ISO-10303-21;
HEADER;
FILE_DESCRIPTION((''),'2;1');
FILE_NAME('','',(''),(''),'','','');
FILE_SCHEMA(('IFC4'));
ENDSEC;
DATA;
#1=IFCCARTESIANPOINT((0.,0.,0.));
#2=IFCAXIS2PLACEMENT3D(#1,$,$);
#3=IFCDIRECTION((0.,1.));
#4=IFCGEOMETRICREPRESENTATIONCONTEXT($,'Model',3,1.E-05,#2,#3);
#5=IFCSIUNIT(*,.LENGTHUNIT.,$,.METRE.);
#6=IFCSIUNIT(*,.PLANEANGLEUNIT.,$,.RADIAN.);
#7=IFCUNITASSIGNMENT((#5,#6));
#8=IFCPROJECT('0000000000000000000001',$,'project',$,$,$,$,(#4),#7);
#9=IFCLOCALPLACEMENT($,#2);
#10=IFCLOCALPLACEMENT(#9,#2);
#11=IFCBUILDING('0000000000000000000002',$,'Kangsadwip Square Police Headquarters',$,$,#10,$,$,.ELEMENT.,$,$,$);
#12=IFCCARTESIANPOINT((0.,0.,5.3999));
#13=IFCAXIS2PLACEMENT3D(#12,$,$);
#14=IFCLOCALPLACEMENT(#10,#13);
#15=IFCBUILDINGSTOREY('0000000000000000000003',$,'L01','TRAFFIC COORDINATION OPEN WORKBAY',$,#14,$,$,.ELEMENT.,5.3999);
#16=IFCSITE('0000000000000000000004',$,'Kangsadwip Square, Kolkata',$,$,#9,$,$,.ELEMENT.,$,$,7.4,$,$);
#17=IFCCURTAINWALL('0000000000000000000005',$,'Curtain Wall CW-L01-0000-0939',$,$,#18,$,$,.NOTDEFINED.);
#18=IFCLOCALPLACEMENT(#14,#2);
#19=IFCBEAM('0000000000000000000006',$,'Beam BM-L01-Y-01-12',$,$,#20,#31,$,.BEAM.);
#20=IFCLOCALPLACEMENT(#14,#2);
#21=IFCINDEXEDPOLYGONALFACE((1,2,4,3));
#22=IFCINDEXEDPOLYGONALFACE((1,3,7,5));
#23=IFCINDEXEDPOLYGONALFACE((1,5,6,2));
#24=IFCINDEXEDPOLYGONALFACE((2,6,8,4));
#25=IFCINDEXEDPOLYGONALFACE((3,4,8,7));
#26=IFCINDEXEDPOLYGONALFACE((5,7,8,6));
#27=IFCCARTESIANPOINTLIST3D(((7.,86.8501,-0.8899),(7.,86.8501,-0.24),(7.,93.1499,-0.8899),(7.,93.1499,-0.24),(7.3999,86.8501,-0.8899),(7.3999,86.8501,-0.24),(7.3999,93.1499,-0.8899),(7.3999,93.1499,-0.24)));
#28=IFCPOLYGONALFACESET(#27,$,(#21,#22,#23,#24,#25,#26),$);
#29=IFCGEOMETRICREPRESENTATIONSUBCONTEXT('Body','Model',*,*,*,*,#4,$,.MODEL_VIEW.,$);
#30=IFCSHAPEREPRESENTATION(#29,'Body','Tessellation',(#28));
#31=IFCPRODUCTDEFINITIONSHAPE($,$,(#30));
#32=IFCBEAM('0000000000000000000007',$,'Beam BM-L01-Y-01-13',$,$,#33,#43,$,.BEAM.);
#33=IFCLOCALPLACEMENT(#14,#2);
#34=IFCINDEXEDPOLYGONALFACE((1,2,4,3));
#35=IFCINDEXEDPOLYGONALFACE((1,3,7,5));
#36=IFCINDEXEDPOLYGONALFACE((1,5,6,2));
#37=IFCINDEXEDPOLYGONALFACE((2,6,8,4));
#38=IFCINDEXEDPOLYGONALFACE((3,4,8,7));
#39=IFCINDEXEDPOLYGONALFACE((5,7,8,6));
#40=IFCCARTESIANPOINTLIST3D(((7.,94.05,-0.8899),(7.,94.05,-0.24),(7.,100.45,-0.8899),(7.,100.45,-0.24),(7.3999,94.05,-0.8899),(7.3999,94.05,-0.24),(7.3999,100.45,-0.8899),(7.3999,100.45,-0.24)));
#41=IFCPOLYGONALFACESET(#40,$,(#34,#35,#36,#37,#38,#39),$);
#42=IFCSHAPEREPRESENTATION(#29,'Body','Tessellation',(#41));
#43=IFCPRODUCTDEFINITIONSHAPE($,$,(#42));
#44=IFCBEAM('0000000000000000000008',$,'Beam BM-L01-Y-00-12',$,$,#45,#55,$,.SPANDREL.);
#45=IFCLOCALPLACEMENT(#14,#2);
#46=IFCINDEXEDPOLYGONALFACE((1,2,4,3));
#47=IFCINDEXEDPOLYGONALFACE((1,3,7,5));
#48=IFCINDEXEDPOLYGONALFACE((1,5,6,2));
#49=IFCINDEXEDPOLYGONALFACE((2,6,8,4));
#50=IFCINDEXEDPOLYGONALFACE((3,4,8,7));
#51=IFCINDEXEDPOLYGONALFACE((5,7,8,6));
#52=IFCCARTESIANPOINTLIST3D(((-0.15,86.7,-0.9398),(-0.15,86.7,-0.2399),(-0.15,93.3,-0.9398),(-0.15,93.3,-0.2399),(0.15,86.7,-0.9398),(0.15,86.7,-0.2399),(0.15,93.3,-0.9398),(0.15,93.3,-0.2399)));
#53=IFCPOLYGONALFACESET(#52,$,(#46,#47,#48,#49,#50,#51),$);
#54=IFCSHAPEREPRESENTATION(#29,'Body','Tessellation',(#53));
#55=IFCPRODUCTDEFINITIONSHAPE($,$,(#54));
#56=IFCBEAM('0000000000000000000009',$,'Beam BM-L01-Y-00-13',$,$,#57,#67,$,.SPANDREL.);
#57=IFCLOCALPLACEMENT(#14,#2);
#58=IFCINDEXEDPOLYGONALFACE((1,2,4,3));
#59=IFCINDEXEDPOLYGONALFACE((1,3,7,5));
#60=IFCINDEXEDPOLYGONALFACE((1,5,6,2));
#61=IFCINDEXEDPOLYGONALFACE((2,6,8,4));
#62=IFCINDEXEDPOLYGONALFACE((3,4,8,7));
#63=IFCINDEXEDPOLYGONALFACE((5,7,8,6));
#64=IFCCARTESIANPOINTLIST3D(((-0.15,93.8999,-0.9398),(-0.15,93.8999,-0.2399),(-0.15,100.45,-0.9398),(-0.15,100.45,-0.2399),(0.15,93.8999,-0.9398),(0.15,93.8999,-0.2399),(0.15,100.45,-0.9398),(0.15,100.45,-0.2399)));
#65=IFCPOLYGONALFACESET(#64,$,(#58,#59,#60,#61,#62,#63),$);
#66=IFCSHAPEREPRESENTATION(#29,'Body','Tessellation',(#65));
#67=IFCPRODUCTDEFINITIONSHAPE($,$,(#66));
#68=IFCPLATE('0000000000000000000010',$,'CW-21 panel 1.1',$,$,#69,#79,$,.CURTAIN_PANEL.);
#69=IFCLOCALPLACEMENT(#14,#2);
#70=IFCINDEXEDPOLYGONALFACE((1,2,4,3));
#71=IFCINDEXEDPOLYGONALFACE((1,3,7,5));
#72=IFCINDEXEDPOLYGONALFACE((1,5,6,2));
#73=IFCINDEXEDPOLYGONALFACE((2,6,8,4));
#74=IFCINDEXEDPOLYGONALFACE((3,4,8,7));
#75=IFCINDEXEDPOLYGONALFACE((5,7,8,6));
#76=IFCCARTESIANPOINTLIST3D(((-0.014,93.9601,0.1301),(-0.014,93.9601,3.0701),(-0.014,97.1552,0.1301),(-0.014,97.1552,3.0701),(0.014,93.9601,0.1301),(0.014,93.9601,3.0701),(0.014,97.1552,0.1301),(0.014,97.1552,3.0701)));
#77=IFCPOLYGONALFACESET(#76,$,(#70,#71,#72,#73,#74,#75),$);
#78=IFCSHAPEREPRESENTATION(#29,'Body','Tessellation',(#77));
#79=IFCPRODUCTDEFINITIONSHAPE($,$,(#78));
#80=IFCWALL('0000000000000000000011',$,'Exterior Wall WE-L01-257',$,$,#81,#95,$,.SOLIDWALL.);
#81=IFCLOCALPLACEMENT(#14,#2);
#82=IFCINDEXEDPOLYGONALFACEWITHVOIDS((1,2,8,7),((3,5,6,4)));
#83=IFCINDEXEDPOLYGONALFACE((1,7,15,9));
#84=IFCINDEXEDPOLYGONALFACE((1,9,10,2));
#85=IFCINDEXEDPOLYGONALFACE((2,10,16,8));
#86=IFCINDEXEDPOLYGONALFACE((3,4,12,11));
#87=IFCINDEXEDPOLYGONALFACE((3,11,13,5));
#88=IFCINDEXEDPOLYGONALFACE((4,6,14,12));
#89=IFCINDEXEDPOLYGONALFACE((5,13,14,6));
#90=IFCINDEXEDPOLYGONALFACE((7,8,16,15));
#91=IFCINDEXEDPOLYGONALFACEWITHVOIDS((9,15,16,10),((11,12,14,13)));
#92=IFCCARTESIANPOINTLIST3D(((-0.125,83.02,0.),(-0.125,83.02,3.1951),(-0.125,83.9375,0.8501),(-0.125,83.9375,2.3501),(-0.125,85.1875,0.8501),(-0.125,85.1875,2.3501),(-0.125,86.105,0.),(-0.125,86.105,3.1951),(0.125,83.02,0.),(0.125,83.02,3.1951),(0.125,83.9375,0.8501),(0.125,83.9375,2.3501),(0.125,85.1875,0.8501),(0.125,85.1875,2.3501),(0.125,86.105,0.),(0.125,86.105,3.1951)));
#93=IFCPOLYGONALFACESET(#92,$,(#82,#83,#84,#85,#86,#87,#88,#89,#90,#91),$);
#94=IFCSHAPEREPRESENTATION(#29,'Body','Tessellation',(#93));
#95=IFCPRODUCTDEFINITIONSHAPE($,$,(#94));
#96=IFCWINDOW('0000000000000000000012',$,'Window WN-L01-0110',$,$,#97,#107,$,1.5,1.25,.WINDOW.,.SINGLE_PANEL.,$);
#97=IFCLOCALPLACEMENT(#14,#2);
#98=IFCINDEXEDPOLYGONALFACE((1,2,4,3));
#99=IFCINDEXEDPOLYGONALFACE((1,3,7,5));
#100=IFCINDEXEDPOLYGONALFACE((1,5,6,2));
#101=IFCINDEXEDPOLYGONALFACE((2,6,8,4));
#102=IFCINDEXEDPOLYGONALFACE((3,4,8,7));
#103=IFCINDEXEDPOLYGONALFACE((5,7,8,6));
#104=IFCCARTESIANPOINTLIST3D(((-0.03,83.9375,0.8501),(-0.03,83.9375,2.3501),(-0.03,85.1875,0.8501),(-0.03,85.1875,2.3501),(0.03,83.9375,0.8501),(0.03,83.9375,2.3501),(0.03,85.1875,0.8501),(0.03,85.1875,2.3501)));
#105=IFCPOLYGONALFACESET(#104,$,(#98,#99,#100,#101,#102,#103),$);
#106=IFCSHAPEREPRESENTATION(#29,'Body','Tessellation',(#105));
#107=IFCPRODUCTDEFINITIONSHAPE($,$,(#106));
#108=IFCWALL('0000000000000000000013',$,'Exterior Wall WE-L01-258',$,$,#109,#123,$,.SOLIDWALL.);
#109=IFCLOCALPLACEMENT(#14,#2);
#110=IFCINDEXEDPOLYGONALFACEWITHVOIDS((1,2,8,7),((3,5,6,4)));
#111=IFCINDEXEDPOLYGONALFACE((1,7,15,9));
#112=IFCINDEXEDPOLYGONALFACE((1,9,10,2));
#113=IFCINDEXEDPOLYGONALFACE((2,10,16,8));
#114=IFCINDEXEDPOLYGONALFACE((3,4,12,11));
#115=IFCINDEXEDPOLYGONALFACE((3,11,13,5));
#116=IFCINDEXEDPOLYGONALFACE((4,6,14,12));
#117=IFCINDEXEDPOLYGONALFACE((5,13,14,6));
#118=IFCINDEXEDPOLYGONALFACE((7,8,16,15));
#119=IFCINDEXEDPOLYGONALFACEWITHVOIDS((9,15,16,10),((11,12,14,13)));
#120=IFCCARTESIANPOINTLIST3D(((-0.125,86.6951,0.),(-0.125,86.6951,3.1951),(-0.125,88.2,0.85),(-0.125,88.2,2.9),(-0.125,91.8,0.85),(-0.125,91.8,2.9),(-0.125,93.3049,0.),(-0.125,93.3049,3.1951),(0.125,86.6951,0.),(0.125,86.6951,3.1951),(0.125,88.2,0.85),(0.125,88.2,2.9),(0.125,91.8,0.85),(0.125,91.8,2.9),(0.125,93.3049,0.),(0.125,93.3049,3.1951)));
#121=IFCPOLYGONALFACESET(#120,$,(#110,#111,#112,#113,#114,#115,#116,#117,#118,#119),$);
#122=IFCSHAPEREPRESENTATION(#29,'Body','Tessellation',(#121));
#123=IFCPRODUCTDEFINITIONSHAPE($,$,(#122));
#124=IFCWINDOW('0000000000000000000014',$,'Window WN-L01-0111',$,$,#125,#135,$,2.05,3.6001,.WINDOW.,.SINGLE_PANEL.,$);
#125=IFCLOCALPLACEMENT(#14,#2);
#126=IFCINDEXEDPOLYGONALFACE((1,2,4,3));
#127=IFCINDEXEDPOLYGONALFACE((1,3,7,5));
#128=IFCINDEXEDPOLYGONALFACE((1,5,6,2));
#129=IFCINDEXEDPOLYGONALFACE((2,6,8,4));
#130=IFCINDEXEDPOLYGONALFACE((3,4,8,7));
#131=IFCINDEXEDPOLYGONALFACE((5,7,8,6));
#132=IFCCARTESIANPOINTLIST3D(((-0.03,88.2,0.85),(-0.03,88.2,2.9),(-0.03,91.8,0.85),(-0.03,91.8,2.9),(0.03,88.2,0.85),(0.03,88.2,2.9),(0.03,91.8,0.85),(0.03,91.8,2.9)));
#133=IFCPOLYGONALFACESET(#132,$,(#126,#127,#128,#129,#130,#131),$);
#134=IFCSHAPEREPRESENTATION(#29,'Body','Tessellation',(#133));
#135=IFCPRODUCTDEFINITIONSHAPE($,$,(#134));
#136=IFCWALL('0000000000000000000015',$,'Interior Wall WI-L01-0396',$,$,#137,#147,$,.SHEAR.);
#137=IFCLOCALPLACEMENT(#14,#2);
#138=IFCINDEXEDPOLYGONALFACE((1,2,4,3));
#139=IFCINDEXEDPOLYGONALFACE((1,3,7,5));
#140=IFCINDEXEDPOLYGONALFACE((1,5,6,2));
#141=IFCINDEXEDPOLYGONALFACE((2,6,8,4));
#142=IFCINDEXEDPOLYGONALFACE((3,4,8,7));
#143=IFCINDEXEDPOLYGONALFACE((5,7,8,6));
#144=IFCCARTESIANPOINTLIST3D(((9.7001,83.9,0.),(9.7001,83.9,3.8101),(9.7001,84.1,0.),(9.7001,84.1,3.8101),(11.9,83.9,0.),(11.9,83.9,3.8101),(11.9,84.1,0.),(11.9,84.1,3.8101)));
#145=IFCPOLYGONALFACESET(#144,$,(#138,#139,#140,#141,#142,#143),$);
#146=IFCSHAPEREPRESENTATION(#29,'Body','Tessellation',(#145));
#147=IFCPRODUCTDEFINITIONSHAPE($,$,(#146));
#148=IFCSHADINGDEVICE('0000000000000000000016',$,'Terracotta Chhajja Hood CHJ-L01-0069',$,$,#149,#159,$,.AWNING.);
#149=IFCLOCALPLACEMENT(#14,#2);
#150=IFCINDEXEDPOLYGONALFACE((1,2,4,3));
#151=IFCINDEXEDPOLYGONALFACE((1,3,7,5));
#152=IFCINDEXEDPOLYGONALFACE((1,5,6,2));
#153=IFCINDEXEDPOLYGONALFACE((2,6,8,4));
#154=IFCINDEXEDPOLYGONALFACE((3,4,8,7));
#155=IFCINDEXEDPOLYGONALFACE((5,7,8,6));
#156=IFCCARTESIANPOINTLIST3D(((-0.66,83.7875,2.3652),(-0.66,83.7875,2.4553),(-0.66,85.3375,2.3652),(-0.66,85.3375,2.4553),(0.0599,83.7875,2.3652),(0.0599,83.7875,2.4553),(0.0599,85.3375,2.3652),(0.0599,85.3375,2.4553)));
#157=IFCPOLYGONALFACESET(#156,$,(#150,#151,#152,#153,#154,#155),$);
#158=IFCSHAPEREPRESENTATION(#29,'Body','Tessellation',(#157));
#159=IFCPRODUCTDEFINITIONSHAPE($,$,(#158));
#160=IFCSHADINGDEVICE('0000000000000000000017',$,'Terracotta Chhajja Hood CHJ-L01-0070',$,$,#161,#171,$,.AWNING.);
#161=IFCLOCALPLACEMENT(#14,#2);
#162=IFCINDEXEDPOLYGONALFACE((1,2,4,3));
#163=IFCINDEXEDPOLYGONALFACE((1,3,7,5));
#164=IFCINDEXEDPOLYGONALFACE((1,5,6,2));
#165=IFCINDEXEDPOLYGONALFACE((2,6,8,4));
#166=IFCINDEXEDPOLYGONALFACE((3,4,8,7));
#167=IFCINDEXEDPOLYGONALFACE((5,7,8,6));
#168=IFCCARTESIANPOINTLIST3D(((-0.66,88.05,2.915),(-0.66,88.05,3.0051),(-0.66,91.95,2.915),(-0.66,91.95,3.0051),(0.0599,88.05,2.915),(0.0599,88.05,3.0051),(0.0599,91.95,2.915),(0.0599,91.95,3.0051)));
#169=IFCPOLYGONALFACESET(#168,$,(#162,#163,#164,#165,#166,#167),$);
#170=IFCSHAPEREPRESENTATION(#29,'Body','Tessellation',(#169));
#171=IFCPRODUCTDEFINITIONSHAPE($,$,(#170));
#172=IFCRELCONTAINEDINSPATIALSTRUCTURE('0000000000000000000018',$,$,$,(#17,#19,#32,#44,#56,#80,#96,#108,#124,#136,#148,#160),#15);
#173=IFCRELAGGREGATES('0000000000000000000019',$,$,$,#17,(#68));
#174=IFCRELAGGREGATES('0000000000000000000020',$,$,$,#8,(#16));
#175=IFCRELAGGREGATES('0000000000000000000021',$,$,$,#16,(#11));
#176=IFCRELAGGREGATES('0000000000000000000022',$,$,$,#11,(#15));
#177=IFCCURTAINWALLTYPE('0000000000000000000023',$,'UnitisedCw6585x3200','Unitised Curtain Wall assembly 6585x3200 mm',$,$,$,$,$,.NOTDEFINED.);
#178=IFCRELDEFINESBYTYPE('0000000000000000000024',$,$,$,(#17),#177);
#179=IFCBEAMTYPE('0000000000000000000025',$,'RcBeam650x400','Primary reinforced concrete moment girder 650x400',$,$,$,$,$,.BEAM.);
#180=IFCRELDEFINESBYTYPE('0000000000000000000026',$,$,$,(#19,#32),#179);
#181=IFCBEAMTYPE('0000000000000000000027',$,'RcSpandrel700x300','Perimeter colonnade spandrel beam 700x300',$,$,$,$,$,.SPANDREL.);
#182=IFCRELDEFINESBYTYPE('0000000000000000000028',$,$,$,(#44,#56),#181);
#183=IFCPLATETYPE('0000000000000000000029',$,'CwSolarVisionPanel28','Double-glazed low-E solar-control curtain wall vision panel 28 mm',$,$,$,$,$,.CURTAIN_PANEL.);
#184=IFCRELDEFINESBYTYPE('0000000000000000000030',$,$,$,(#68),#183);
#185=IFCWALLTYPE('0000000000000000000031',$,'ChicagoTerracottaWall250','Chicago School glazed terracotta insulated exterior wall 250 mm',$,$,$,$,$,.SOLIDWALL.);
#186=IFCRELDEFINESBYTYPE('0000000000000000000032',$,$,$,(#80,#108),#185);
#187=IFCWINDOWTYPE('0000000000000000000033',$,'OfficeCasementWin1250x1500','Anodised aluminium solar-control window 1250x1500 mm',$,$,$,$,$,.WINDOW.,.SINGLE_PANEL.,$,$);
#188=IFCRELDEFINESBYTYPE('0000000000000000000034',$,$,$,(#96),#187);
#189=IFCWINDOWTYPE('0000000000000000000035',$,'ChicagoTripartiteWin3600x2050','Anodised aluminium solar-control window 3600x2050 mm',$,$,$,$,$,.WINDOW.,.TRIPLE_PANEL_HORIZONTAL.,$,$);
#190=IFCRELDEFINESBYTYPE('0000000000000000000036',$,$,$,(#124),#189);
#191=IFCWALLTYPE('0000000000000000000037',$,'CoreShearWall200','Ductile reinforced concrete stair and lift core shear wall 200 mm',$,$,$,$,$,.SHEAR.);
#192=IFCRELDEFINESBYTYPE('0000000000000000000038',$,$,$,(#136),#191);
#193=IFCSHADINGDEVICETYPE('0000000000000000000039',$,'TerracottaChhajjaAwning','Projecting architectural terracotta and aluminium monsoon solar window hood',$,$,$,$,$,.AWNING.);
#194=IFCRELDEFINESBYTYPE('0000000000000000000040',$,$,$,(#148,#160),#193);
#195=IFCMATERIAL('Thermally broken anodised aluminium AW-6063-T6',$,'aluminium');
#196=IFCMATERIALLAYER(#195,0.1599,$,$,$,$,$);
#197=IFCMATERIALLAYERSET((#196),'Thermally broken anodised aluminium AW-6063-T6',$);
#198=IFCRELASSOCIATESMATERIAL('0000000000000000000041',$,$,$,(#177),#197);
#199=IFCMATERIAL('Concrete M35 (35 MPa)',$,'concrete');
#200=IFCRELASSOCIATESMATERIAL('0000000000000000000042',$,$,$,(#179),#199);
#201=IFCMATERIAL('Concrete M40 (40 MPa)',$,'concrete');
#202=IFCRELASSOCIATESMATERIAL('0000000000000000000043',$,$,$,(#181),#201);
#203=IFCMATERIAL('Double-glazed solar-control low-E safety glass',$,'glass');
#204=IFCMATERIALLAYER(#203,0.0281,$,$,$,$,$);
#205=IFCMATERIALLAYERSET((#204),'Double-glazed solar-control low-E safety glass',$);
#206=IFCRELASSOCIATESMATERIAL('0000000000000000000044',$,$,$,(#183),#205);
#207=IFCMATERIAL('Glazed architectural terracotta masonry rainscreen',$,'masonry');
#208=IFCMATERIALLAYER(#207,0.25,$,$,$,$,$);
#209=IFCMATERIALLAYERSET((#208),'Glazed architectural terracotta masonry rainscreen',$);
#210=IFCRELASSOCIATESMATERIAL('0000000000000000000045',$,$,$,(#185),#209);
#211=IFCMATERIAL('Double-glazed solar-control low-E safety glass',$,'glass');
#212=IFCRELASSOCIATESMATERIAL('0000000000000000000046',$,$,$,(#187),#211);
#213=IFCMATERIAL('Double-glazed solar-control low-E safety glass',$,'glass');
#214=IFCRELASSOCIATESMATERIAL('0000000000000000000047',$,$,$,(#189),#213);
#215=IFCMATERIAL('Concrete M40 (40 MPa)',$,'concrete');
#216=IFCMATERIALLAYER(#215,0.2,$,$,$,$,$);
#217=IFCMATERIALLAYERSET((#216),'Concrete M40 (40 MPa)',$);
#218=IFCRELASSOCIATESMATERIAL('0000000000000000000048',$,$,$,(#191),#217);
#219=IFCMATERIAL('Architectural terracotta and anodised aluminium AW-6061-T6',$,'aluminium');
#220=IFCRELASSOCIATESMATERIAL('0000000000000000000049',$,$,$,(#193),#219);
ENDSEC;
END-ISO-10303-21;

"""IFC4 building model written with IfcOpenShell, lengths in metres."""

from ifc_helpers import new_model, si_unit, direction, frame, frame_2d, origin, origin_2d, place, context, subcontext, project, spatial, rectangle, extrude, material, layer, layer_set, material_profile, profile_set, type_object, element, fill, aggregate, save


model = new_model("IFC4")

# Units and contexts
model_context = context("Model", 3, precision=1e-05, world=origin(), true_north=direction((0.0, 1.0)))
body_context = subcontext(model_context, "Body", "Model", "MODEL_VIEW")
ifc_project = project(units=[si_unit("LENGTHUNIT", "METRE"), si_unit("PLANEANGLEUNIT", "RADIAN")], contexts=[model_context])

# Site, building, storey
site_placement = place(None, origin())
site = spatial("IfcSite", under=ifc_project, at=site_placement, Name="Kangsadwip Square, Kolkata", CompositionType="ELEMENT", RefElevation=7.4)
building_placement = place(site_placement, origin())
building = spatial("IfcBuilding", under=site, at=building_placement, Name="Kangsadwip Square Police Headquarters", CompositionType="ELEMENT")
storey_placement = place(building_placement, frame((0.0, 0.0, 5.3999)))
storey = spatial("IfcBuildingStorey", under=building, at=storey_placement, Name="L01", Description="TRAFFIC COORDINATION OPEN WORKBAY", CompositionType="ELEMENT", Elevation=5.3999)

# Curtain wall
ifc_material_1 = material(Name="Thermally broken anodised aluminium AW-6063-T6", Category="aluminium")
ifc_layer_1 = layer(ifc_material_1, 0.1599)
ifc_layer_set_1 = layer_set([ifc_layer_1], Name="Thermally broken anodised aluminium AW-6063-T6")
curtain_wall_type = type_object("IfcCurtainWallType", Name="UnitisedCw6585x3200", Description="Unitised Curtain Wall assembly 6585x3200 mm", PredefinedType="NOTDEFINED", material=ifc_layer_set_1)
curtain_wall_placement = place(storey_placement, origin())
curtain_wall = element("IfcCurtainWall", 1, at=curtain_wall_placement, inside=storey, type_object=curtain_wall_type, Name="Curtain Wall CW-L01-0000-0939", PredefinedType="NOTDEFINED")

# Beams
ifc_material_2 = material(Name="Concrete M35 (35 MPa)", Category="concrete")
ifc_material_profile_1 = material_profile(ifc_material_2, rectangle(XDim=0.3999, YDim=0.6499, at=origin_2d()), Name="RC BM 650X400")
ifc_profile_set_1 = profile_set([ifc_material_profile_1], Name="Concrete M35 (35 MPa)")
beam_type_1 = type_object("IfcBeamType", Name="RcBeam650x400", Description="Primary reinforced concrete moment girder 650x400", PredefinedType="BEAM", material=ifc_profile_set_1)
beam_1_placement = place(storey_placement, frame((7.2, 86.8501, -0.5649), z_axis=(0.0, 1.0, 0.0), x_axis=(-1.0, 0.0, 0.0)))
element("IfcBeam", 2, at=beam_1_placement, inside=storey, type_object=beam_type_1, Name="Beam BM-L01-Y-01-12", PredefinedType="BEAM", context=body_context, shape_type="SweptSolid", body=[
    extrude(rectangle(XDim=0.3999, YDim=0.6499, at=origin_2d()), origin(), (0.0, 0.0, 1.0), 6.2998),
])
beam_2_placement = place(storey_placement, frame((7.2, 94.05, -0.5649), z_axis=(0.0, 1.0, 0.0), x_axis=(-1.0, 0.0, 0.0)))
element("IfcBeam", 3, at=beam_2_placement, inside=storey, type_object=beam_type_1, Name="Beam BM-L01-Y-01-13", PredefinedType="BEAM", context=body_context, shape_type="SweptSolid", body=[
    extrude(rectangle(XDim=0.3999, YDim=0.6499, at=origin_2d()), origin(), (0.0, 0.0, 1.0), 6.3999),
])
ifc_material_3 = material(Name="Concrete M40 (40 MPa)", Category="concrete")
ifc_material_profile_2 = material_profile(ifc_material_3, rectangle(XDim=0.3, YDim=0.7, at=origin_2d()), Name="RC SPN 700X300")
ifc_profile_set_2 = profile_set([ifc_material_profile_2], Name="Concrete M40 (40 MPa)")
beam_type_2 = type_object("IfcBeamType", Name="RcSpandrel700x300", Description="Perimeter colonnade spandrel beam 700x300", PredefinedType="SPANDREL", material=ifc_profile_set_2)
beam_3_placement = place(storey_placement, frame((0.0, 86.7, -0.5898), z_axis=(0.0, 1.0, 0.0), x_axis=(-1.0, 0.0, 0.0)))
element("IfcBeam", 4, at=beam_3_placement, inside=storey, type_object=beam_type_2, Name="Beam BM-L01-Y-00-12", PredefinedType="SPANDREL", context=body_context, shape_type="SweptSolid", body=[
    extrude(rectangle(XDim=0.3, YDim=0.7, at=origin_2d()), origin(), (0.0, 0.0, 1.0), 6.6001),
])
beam_4_placement = place(storey_placement, frame((0.0, 93.8999, -0.5898), z_axis=(0.0, 1.0, 0.0), x_axis=(-1.0, 0.0, 0.0)))
element("IfcBeam", 5, at=beam_4_placement, inside=storey, type_object=beam_type_2, Name="Beam BM-L01-Y-00-13", PredefinedType="SPANDREL", context=body_context, shape_type="SweptSolid", body=[
    extrude(rectangle(XDim=0.3, YDim=0.7, at=origin_2d()), origin(), (0.0, 0.0, 1.0), 6.55),
])

# Plate
ifc_material_4 = material(Name="Double-glazed solar-control low-E safety glass", Category="glass")
ifc_layer_2 = layer(ifc_material_4, 0.0281)
ifc_layer_set_2 = layer_set([ifc_layer_2], Name="Double-glazed solar-control low-E safety glass")
plate_type = type_object("IfcPlateType", Name="CwSolarVisionPanel28", Description="Double-glazed low-E solar-control curtain wall vision panel 28 mm", PredefinedType="CURTAIN_PANEL", material=ifc_layer_set_2)
plate_placement = place(storey_placement, frame((0.0, 95.5576, 0.1301), z_axis=(0.0, 0.0, 1.0), x_axis=(0.0, 1.0, 0.0)))
plate = element("IfcPlate", 6, at=plate_placement, type_object=plate_type, Name="CW-21 panel 1.1", PredefinedType="CURTAIN_PANEL", context=body_context, shape_type="SweptSolid", body=[
    extrude(rectangle(XDim=3.1951, YDim=0.0281, at=origin_2d()), origin(), (0.0, 0.0, 1.0), 2.9399),
])
aggregate(curtain_wall, [plate])

# Walls, openings, windows
ifc_material_5 = material(Name="Glazed architectural terracotta masonry rainscreen", Category="masonry")
ifc_layer_3 = layer(ifc_material_5, 0.25)
ifc_layer_set_3 = layer_set([ifc_layer_3], Name="Glazed architectural terracotta masonry rainscreen")
wall_type_1 = type_object("IfcWallType", Name="ChicagoTerracottaWall250", Description="Chicago School glazed terracotta insulated exterior wall 250 mm", PredefinedType="SOLIDWALL", material=ifc_layer_set_3)
wall_1_placement = place(storey_placement, frame((0.0, 83.02, 0.0), z_axis=(0.0, 0.0, 1.0), x_axis=(0.0, 1.0, 0.0)))
wall_1 = element("IfcWall", 7, at=wall_1_placement, inside=storey, type_object=wall_type_1, Name="Exterior Wall WE-L01-257", PredefinedType="SOLIDWALL", context=body_context, shape_type="SweptSolid", body=[
    extrude(rectangle(XDim=3.085, YDim=0.25, at=frame_2d((1.5425, 0.0))), origin(), (0.0, 0.0, 1.0), 3.1951),
])
opening_1_placement = place(wall_1_placement, frame((0.9175, 0.0, 0.8501)))
opening_1 = element("IfcOpeningElement", 8, at=opening_1_placement, cuts=wall_1, PredefinedType="OPENING", context=body_context, shape_type="SweptSolid", body=[
    extrude(rectangle(XDim=1.25, YDim=1.5, at=frame_2d((0.625, 0.75))), frame((0.0, 0.135, 0.0), z_axis=(0.0, -1.0, 0.0), x_axis=(1.0, 0.0, 0.0)), (0.0, 0.0, 1.0), 0.27),
])
ifc_material_6 = material(Name="Double-glazed solar-control low-E safety glass", Category="glass")
window_type_1 = type_object("IfcWindowType", Name="OfficeCasementWin1250x1500", Description="Anodised aluminium solar-control window 1250x1500 mm", PartitioningType="SINGLE_PANEL", PredefinedType="WINDOW", material=ifc_material_6)
window_1_placement = place(opening_1_placement, origin())
window_1 = element("IfcWindow", 9, at=window_1_placement, inside=storey, type_object=window_type_1, Name="Window WN-L01-0110", OverallHeight=1.5, OverallWidth=1.25, PartitioningType="SINGLE_PANEL", PredefinedType="WINDOW", context=body_context, shape_type="SweptSolid", body=[
    extrude(rectangle(XDim=1.25, YDim=1.5, at=frame_2d((0.625, 0.75))), frame((0.0, 0.03, 0.0), z_axis=(0.0, -1.0, 0.0), x_axis=(1.0, 0.0, 0.0)), (0.0, 0.0, 1.0), 0.0601),
])
fill(opening_1, window_1)
wall_2_placement = place(storey_placement, frame((0.0, 86.6951, 0.0), z_axis=(0.0, 0.0, 1.0), x_axis=(0.0, 1.0, 0.0)))
wall_2 = element("IfcWall", 10, at=wall_2_placement, inside=storey, type_object=wall_type_1, Name="Exterior Wall WE-L01-258", PredefinedType="SOLIDWALL", context=body_context, shape_type="SweptSolid", body=[
    extrude(rectangle(XDim=6.6099, YDim=0.25, at=frame_2d((3.3049, 0.0))), origin(), (0.0, 0.0, 1.0), 3.1951),
])
opening_2_placement = place(wall_2_placement, frame((1.5049, 0.0, 0.8501)))
opening_2 = element("IfcOpeningElement", 11, at=opening_2_placement, cuts=wall_2, PredefinedType="OPENING", context=body_context, shape_type="SweptSolid", body=[
    extrude(rectangle(XDim=3.6001, YDim=2.05, at=frame_2d((1.8, 1.0249))), frame((0.0, 0.135, 0.0), z_axis=(0.0, -1.0, 0.0), x_axis=(1.0, 0.0, 0.0)), (0.0, 0.0, 1.0), 0.27),
])
ifc_material_7 = material(Name="Double-glazed solar-control low-E safety glass", Category="glass")
window_type_2 = type_object("IfcWindowType", Name="ChicagoTripartiteWin3600x2050", Description="Anodised aluminium solar-control window 3600x2050 mm", PartitioningType="TRIPLE_PANEL_HORIZONTAL", PredefinedType="WINDOW", material=ifc_material_7)
window_2_placement = place(opening_2_placement, origin())
window_2 = element("IfcWindow", 12, at=window_2_placement, inside=storey, type_object=window_type_2, Name="Window WN-L01-0111", OverallHeight=2.05, OverallWidth=3.6001, PartitioningType="SINGLE_PANEL", PredefinedType="WINDOW", context=body_context, shape_type="SweptSolid", body=[
    extrude(rectangle(XDim=3.6001, YDim=2.05, at=frame_2d((1.8, 1.0249))), frame((0.0, 0.03, 0.0), z_axis=(0.0, -1.0, 0.0), x_axis=(1.0, 0.0, 0.0)), (0.0, 0.0, 1.0), 0.0601),
])
fill(opening_2, window_2)

# Wall
ifc_material_8 = material(Name="Concrete M40 (40 MPa)", Category="concrete")
ifc_layer_4 = layer(ifc_material_8, 0.2)
ifc_layer_set_4 = layer_set([ifc_layer_4], Name="Concrete M40 (40 MPa)")
wall_type_2 = type_object("IfcWallType", Name="CoreShearWall200", Description="Ductile reinforced concrete stair and lift core shear wall 200 mm", PredefinedType="SHEAR", material=ifc_layer_set_4)
wall_3_placement = place(storey_placement, frame((9.7, 84.0, 0.0), z_axis=(0.0, 0.0, 1.0), x_axis=(1.0, 0.0, 0.0)))
element("IfcWall", 13, at=wall_3_placement, inside=storey, type_object=wall_type_2, Name="Interior Wall WI-L01-0396", PredefinedType="SHEAR", context=body_context, shape_type="SweptSolid", body=[
    extrude(rectangle(XDim=2.2, YDim=0.2, at=frame_2d((1.1001, 0.0))), origin(), (0.0, 0.0, 1.0), 3.8101),
])

# Shading devices
ifc_material_9 = material(Name="Architectural terracotta and anodised aluminium AW-6061-T6", Category="aluminium")
shading_device_type = type_object("IfcShadingDeviceType", Name="TerracottaChhajjaAwning", Description="Projecting architectural terracotta and aluminium monsoon solar window hood", PredefinedType="AWNING", material=ifc_material_9)
shading_device_1_placement = place(storey_placement, frame((-0.3, 84.5625, 2.3652), z_axis=(0.0, 0.0, 1.0), x_axis=(0.0, 1.0, 0.0)))
element("IfcShadingDevice", 14, at=shading_device_1_placement, inside=storey, type_object=shading_device_type, Name="Terracotta Chhajja Hood CHJ-L01-0069", PredefinedType="AWNING", context=body_context, shape_type="SweptSolid", body=[
    extrude(rectangle(XDim=1.55, YDim=0.72, at=origin_2d()), origin(), (0.0, 0.0, 1.0), 0.0901),
])
shading_device_2_placement = place(storey_placement, frame((-0.3, 90.0, 2.915), z_axis=(0.0, 0.0, 1.0), x_axis=(0.0, 1.0, 0.0)))
element("IfcShadingDevice", 15, at=shading_device_2_placement, inside=storey, type_object=shading_device_type, Name="Terracotta Chhajja Hood CHJ-L01-0070", PredefinedType="AWNING", context=body_context, shape_type="SweptSolid", body=[
    extrude(rectangle(XDim=3.8999, YDim=0.72, at=origin_2d()), origin(), (0.0, 0.0, 1.0), 0.0901),
])

save(model, "model.ifc")
